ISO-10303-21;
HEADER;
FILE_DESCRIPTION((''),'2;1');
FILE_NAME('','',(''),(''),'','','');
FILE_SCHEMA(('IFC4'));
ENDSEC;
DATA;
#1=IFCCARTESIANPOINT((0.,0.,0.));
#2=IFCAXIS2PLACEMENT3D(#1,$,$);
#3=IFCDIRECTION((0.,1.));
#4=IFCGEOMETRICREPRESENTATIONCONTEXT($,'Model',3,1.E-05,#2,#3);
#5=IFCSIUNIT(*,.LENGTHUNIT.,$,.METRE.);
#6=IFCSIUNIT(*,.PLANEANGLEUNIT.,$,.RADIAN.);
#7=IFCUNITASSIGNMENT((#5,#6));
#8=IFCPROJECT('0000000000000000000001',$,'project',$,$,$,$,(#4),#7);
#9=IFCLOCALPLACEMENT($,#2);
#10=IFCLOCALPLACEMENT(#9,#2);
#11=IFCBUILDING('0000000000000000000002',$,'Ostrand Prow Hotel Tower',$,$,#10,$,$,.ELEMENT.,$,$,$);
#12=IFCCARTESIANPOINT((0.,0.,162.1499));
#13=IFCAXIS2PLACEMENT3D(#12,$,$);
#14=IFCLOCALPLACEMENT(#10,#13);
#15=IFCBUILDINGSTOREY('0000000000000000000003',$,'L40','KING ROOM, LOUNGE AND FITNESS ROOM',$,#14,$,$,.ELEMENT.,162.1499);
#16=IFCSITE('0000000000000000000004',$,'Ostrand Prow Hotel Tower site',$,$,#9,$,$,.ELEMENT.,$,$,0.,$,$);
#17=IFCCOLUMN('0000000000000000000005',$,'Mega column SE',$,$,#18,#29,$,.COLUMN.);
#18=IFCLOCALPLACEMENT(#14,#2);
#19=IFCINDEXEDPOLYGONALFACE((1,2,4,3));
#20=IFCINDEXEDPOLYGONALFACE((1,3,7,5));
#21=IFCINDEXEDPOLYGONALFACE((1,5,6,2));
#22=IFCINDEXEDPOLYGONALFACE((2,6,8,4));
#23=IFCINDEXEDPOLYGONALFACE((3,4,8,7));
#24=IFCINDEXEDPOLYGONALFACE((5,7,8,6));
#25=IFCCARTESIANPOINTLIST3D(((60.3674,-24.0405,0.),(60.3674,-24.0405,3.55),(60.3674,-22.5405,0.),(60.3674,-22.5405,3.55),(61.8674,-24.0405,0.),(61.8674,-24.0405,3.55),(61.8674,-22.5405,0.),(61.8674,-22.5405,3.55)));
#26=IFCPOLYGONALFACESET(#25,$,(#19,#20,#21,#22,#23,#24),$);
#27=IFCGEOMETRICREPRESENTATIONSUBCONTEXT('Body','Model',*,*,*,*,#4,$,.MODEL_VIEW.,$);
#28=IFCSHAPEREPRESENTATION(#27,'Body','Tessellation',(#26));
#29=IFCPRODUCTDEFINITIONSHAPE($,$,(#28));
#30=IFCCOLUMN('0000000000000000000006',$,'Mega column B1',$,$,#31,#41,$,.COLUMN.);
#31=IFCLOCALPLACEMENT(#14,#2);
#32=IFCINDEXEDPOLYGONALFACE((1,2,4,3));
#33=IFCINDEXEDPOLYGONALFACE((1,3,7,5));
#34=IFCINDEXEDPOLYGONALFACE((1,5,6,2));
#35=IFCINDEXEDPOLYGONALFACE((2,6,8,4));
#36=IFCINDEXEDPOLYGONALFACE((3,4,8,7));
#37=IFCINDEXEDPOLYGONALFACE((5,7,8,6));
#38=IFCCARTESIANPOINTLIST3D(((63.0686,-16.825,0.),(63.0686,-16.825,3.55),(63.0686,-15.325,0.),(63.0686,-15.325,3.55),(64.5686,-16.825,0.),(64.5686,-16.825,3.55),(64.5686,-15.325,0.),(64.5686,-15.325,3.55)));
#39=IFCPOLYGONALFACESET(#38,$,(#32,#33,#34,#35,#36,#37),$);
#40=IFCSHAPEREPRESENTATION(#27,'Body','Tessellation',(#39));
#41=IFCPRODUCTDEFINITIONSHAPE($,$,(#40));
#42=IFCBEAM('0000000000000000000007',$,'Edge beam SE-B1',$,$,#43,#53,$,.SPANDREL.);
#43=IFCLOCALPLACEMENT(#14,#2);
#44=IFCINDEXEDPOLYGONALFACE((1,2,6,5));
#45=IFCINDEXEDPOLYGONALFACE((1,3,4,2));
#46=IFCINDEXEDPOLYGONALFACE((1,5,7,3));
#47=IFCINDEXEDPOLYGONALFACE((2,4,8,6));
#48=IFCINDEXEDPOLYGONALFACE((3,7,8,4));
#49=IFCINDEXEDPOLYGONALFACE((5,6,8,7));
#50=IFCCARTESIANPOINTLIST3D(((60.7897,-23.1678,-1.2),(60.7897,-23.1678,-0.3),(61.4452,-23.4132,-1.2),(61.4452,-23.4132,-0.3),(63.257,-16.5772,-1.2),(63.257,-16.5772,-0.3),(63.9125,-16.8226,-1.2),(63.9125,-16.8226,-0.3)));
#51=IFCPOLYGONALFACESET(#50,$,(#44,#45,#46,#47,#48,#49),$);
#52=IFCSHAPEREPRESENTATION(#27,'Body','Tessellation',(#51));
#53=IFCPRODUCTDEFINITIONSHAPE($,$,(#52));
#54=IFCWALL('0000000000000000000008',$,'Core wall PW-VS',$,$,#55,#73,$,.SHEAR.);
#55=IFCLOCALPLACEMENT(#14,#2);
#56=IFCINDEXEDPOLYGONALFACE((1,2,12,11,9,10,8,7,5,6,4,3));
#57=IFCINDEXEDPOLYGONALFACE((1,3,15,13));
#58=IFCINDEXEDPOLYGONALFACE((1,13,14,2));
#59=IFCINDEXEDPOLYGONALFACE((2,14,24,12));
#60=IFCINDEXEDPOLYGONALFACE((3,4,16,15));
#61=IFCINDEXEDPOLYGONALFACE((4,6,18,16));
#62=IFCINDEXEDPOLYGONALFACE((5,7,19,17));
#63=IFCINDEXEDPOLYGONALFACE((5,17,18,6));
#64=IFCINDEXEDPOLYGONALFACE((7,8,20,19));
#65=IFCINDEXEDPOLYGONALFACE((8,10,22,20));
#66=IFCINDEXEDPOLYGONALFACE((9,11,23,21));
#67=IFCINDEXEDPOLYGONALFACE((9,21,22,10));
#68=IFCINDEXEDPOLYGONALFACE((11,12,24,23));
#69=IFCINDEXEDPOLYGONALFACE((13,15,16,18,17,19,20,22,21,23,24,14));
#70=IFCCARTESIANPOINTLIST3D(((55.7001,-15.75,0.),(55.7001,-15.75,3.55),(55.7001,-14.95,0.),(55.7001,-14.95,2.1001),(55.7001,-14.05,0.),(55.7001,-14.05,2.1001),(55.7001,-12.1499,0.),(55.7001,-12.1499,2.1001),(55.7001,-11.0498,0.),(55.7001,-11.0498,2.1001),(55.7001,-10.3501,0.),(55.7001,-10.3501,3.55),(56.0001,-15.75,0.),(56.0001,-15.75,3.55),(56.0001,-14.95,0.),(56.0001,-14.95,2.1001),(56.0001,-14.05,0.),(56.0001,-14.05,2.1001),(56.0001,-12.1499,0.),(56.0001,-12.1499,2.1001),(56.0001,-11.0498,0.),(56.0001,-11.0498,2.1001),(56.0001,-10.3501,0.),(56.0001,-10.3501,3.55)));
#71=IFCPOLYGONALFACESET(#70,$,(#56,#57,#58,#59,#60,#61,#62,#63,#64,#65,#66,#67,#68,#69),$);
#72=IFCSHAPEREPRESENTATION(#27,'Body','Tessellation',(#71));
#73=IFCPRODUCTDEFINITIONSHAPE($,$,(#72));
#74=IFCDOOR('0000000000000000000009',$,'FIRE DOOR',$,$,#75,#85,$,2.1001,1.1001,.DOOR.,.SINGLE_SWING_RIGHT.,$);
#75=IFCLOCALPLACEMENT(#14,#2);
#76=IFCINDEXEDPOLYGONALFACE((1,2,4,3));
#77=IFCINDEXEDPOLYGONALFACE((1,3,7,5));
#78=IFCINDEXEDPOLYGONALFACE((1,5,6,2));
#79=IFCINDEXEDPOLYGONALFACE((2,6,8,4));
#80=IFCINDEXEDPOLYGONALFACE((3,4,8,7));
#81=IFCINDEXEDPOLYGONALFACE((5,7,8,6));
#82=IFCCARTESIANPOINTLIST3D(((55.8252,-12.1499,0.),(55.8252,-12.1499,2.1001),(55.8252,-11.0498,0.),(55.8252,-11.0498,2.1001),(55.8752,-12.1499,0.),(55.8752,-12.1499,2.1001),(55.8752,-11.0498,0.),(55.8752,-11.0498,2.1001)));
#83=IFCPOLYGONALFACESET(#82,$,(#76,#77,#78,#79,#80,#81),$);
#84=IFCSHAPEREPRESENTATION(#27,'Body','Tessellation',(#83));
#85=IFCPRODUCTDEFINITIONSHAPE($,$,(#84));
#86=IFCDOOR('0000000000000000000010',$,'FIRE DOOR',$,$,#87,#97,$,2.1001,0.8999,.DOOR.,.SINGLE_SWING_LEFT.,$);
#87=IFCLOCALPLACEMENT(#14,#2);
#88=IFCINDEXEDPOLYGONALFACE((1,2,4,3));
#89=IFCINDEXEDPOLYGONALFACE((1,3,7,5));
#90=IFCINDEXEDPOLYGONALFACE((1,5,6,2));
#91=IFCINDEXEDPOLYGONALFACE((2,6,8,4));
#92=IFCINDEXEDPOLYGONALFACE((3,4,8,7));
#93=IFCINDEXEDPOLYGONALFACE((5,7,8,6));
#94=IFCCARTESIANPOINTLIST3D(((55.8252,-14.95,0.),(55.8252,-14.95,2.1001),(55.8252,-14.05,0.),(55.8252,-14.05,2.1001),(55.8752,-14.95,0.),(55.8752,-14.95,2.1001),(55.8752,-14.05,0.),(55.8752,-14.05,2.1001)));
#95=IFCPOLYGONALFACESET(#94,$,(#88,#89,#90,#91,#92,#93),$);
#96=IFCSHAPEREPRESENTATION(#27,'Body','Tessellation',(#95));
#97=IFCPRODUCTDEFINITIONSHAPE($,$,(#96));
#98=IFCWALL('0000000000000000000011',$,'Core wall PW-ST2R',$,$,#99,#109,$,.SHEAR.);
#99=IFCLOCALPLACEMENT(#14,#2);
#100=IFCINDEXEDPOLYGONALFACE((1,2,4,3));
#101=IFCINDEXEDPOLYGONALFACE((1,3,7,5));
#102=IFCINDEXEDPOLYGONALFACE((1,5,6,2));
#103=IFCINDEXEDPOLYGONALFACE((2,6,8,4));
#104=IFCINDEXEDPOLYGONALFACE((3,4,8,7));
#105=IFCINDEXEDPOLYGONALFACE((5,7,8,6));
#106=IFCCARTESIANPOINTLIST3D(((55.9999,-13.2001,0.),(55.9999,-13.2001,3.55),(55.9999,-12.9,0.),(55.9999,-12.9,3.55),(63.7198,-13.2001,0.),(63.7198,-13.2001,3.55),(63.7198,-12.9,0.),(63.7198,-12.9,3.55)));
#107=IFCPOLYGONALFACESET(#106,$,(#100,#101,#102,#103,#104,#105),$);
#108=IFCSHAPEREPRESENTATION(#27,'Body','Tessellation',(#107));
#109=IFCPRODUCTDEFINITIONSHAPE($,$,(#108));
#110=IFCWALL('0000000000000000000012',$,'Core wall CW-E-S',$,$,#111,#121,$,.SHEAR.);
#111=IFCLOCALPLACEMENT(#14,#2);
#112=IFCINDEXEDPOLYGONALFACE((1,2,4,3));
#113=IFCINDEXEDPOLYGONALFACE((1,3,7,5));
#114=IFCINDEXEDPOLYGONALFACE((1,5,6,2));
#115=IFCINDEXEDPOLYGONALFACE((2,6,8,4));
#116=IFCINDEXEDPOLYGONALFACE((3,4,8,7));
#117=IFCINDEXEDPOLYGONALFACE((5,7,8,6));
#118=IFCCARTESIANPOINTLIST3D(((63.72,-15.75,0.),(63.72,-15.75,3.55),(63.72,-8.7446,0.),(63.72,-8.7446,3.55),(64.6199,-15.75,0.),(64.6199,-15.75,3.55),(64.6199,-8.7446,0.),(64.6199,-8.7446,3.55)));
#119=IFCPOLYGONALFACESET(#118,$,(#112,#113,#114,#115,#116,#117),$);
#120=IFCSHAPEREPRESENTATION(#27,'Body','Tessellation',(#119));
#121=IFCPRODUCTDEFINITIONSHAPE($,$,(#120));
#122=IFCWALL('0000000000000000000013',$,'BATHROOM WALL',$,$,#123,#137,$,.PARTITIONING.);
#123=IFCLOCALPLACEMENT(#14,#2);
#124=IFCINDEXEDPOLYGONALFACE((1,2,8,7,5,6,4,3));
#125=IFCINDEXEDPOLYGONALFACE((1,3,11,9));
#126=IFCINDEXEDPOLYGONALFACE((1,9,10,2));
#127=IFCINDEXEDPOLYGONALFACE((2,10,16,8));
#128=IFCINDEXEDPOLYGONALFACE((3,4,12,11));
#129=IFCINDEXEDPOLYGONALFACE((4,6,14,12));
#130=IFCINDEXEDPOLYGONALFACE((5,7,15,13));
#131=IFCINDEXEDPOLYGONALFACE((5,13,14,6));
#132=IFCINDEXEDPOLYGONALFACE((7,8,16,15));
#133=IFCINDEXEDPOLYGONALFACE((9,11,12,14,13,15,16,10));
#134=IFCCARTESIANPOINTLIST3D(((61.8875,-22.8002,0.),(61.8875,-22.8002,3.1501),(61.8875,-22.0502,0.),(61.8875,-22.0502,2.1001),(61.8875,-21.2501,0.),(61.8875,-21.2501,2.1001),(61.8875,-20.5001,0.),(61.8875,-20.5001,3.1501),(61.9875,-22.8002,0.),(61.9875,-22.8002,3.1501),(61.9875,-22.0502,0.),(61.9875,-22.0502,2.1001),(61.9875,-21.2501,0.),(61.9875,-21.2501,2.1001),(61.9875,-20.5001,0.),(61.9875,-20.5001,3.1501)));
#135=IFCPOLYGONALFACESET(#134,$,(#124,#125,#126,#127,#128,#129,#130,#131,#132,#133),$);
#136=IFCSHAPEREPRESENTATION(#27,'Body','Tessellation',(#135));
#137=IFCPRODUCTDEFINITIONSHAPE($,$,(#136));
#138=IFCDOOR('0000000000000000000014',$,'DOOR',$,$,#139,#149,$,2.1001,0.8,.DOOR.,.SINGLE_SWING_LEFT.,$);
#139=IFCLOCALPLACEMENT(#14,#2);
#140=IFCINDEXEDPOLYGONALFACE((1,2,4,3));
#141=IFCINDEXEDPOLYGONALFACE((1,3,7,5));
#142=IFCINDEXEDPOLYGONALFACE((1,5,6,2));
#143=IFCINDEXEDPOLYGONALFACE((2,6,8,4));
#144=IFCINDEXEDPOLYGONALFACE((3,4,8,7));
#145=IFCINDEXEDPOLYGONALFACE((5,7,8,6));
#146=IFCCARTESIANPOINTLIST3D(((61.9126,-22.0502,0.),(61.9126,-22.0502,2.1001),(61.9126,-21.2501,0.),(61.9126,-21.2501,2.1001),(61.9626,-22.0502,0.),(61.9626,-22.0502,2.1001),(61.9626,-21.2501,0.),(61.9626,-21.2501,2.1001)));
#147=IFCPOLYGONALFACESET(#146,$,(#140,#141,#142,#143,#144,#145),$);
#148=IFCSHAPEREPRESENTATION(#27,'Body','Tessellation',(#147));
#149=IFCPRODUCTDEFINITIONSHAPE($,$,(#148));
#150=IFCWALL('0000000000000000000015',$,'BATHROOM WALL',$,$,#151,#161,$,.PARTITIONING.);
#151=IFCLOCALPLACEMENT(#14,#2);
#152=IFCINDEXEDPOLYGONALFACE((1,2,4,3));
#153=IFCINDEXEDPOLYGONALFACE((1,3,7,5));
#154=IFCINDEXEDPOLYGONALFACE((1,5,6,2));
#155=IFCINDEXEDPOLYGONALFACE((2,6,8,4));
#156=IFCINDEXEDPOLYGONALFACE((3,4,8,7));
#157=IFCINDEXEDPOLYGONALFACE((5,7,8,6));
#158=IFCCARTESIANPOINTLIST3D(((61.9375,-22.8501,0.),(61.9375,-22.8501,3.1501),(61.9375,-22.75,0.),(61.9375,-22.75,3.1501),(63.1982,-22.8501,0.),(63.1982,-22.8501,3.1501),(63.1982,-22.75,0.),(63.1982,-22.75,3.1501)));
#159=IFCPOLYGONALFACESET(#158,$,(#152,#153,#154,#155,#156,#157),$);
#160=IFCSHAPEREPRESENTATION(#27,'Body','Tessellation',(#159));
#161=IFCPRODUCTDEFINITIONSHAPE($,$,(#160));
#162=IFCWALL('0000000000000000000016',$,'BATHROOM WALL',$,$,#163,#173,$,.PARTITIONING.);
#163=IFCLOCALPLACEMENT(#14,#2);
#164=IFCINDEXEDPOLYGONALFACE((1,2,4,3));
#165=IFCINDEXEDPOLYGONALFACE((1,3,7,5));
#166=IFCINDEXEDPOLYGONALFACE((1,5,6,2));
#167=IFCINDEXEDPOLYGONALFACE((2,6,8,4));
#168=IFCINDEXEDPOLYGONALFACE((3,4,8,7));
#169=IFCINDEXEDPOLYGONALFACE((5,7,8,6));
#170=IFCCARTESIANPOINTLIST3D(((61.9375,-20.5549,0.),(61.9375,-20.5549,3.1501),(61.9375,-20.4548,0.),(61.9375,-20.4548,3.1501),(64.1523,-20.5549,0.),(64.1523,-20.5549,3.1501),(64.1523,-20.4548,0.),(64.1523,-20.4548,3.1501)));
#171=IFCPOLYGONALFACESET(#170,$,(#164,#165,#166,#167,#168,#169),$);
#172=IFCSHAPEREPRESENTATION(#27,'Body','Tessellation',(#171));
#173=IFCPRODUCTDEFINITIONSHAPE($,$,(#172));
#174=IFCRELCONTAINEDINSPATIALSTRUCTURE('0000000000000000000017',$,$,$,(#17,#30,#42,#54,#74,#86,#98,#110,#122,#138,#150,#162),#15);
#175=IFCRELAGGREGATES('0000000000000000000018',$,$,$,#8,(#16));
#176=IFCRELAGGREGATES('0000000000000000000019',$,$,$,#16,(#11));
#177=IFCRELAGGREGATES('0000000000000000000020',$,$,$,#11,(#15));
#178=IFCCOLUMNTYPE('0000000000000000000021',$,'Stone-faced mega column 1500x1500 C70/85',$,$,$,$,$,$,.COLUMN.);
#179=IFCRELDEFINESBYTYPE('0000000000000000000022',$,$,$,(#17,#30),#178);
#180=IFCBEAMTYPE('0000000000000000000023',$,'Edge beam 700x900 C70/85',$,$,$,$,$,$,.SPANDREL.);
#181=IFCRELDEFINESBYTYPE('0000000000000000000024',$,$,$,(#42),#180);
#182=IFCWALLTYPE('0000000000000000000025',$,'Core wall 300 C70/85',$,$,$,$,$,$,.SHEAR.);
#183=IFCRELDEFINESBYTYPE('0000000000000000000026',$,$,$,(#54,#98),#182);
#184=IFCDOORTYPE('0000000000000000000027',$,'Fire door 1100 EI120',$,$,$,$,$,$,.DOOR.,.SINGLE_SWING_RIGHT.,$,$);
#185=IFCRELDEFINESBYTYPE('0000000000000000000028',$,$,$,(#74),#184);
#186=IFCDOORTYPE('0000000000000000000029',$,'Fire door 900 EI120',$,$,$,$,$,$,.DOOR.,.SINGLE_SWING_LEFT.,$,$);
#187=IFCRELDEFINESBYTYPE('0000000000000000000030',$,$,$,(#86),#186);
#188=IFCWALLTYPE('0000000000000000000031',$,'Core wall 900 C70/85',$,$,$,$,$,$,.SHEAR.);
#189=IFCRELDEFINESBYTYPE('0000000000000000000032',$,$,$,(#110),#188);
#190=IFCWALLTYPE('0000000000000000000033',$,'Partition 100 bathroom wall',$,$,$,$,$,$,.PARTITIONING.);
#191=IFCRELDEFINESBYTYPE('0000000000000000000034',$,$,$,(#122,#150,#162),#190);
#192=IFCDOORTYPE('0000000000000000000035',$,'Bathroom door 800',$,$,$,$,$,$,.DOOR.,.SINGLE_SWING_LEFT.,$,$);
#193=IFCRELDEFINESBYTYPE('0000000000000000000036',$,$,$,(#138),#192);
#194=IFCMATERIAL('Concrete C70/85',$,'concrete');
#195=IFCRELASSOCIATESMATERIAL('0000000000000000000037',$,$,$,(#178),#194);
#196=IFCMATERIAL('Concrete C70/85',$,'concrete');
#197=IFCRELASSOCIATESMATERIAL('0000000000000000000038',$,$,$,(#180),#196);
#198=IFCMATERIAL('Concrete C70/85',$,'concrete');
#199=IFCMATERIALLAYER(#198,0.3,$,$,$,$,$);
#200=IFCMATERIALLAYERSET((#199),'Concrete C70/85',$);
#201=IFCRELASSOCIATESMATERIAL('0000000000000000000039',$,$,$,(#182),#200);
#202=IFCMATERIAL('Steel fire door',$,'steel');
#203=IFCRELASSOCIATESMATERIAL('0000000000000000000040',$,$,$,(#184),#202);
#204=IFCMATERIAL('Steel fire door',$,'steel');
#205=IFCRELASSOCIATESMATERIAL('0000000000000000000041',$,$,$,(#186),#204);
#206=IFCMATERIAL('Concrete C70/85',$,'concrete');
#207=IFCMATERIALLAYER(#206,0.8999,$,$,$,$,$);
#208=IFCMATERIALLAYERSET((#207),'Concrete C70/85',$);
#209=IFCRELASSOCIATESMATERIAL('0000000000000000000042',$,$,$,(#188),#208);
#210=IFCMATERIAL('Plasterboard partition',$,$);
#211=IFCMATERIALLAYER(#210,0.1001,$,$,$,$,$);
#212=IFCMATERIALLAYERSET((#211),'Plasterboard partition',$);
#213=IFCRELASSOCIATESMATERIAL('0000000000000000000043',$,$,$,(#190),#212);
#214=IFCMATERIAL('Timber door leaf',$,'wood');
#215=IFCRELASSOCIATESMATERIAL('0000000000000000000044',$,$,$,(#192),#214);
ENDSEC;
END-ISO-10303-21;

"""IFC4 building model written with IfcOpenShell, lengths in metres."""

from ifc_helpers import new_model, si_unit, direction, frame, frame_2d, origin, origin_2d, place, context, subcontext, project, spatial, rectangle, extrude, material, layer, layer_set, material_profile, profile_set, type_object, element, fill, save


model = new_model("IFC4")

# Units and contexts
model_context = context("Model", 3, precision=1e-05, world=origin(), true_north=direction((0.0, 1.0)))
body_context = subcontext(model_context, "Body", "Model", "MODEL_VIEW")
ifc_project = project(units=[si_unit("LENGTHUNIT", "METRE"), si_unit("PLANEANGLEUNIT", "RADIAN")], contexts=[model_context])

# Site, building, storey
site_placement = place(None, origin())
site = spatial("IfcSite", under=ifc_project, at=site_placement, Name="Ostrand Prow Hotel Tower site", CompositionType="ELEMENT", RefElevation=0.0)
building_placement = place(site_placement, origin())
building = spatial("IfcBuilding", under=site, at=building_placement, Name="Ostrand Prow Hotel Tower", CompositionType="ELEMENT")
storey_placement = place(building_placement, frame((0.0, 0.0, 162.1499)))
storey = spatial("IfcBuildingStorey", under=building, at=storey_placement, Name="L40", Description="KING ROOM, LOUNGE AND FITNESS ROOM", CompositionType="ELEMENT", Elevation=162.1499)

# Columns
ifc_material_1 = material(Name="Concrete C70/85", Category="concrete")
ifc_material_profile_1 = material_profile(ifc_material_1, rectangle(XDim=1.5, YDim=1.5, at=origin_2d()), Name="RC 1500x1500")
ifc_profile_set_1 = profile_set([ifc_material_profile_1], Name="Concrete C70/85")
column_type = type_object("IfcColumnType", Name="Stone-faced mega column 1500x1500 C70/85", PredefinedType="COLUMN", material=ifc_profile_set_1)
for number, where, z_axis, x_axis, name in (
    (1, (61.1174, -23.2905, 0.0), (0.0, 0.0, 1.0), (1.0, 0.0, 0.0), "Mega column SE"),
    (2, (63.8186, -16.075, 0.0), (0.0, 0.0, 1.0), (1.0, 0.0, 0.0), "Mega column B1"),
):
    element("IfcColumn", number, at=place(storey_placement, frame(where, z_axis=z_axis, x_axis=x_axis)), inside=storey, type_object=column_type, Name=name, PredefinedType="COLUMN", context=body_context, shape_type="SweptSolid", body=[
        extrude(rectangle(XDim=1.5, YDim=1.5, at=origin_2d()), origin(), (0.0, 0.0, 1.0), 3.55),
    ])

# Beam
ifc_material_2 = material(Name="Concrete C70/85", Category="concrete")
ifc_material_profile_2 = material_profile(ifc_material_2, rectangle(XDim=0.7, YDim=0.8999, at=origin_2d()), Name="RC 700x900")
ifc_profile_set_2 = profile_set([ifc_material_profile_2], Name="Concrete C70/85")
beam_type = type_object("IfcBeamType", Name="Edge beam 700x900 C70/85", PredefinedType="SPANDREL", material=ifc_profile_set_2)
beam_placement = place(storey_placement, frame((61.1174, -23.2905, -0.75), z_axis=(0.350603, 0.936524, 0.0), x_axis=(-0.936524, 0.350603, 0.0)))
element("IfcBeam", 3, at=beam_placement, inside=storey, type_object=beam_type, Name="Edge beam SE-B1", PredefinedType="SPANDREL", context=body_context, shape_type="SweptSolid", body=[
    extrude(rectangle(XDim=0.7, YDim=0.8999, at=origin_2d()), origin(), (0.0, 0.0, 1.0), 7.0374),
])

# Wall, openings, doors
ifc_material_3 = material(Name="Concrete C70/85", Category="concrete")
ifc_layer_1 = layer(ifc_material_3, 0.3)
ifc_layer_set_1 = layer_set([ifc_layer_1], Name="Concrete C70/85")
wall_type_1 = type_object("IfcWallType", Name="Core wall 300 C70/85", PredefinedType="SHEAR", material=ifc_layer_set_1)
wall_1_placement = place(storey_placement, frame((55.8501, -15.75, 0.0), z_axis=(0.0, 0.0, 1.0), x_axis=(0.0, 1.0, 0.0)))
wall_1 = element("IfcWall", 4, at=wall_1_placement, inside=storey, type_object=wall_type_1, Name="Core wall PW-VS", PredefinedType="SHEAR", context=body_context, shape_type="SweptSolid", body=[
    extrude(rectangle(XDim=5.3999, YDim=0.3, at=frame_2d((2.7, 0.0))), origin(), (0.0, 0.0, 1.0), 3.55),
])
opening_1_placement = place(wall_1_placement, frame((3.6001, 0.0, 0.0)))
opening_1 = element("IfcOpeningElement", 5, at=opening_1_placement, cuts=wall_1, PredefinedType="OPENING", context=body_context, shape_type="SweptSolid", body=[
    extrude(rectangle(XDim=1.1001, YDim=2.1001, at=frame_2d((0.55, 1.05))), frame((0.0, 0.1599, 0.0), z_axis=(0.0, -1.0, 0.0), x_axis=(1.0, 0.0, 0.0)), (0.0, 0.0, 1.0), 0.3201),
])
opening_2_placement = place(wall_1_placement, frame((0.8, 0.0, 0.0)))
opening_2 = element("IfcOpeningElement", 6, at=opening_2_placement, cuts=wall_1, PredefinedType="OPENING", context=body_context, shape_type="SweptSolid", body=[
    extrude(rectangle(XDim=0.8999, YDim=2.1001, at=frame_2d((0.45, 1.05))), frame((0.0, 0.1599, 0.0), z_axis=(0.0, -1.0, 0.0), x_axis=(1.0, 0.0, 0.0)), (0.0, 0.0, 1.0), 0.3201),
])
ifc_material_4 = material(Name="Steel fire door", Category="steel")
door_type_1 = type_object("IfcDoorType", Name="Fire door 1100 EI120", OperationType="SINGLE_SWING_RIGHT", PredefinedType="DOOR", material=ifc_material_4)
door_1_placement = place(opening_1_placement, origin())
door_1 = element("IfcDoor", 7, at=door_1_placement, inside=storey, type_object=door_type_1, Name="FIRE DOOR", OperationType="SINGLE_SWING_RIGHT", OverallHeight=2.1001, OverallWidth=1.1001, PredefinedType="DOOR", context=body_context, shape_type="SweptSolid", body=[
    extrude(rectangle(XDim=1.1001, YDim=2.1001, at=frame_2d((0.55, 1.05))), frame((0.0, 0.0249, 0.0), z_axis=(0.0, -1.0, 0.0), x_axis=(1.0, 0.0, 0.0)), (0.0, 0.0, 1.0), 0.05),
])
fill(opening_1, door_1)
ifc_material_5 = material(Name="Steel fire door", Category="steel")
door_type_2 = type_object("IfcDoorType", Name="Fire door 900 EI120", OperationType="SINGLE_SWING_LEFT", PredefinedType="DOOR", material=ifc_material_5)
door_2_placement = place(opening_2_placement, origin())
door_2 = element("IfcDoor", 8, at=door_2_placement, inside=storey, type_object=door_type_2, Name="FIRE DOOR", OperationType="SINGLE_SWING_LEFT", OverallHeight=2.1001, OverallWidth=0.8999, PredefinedType="DOOR", context=body_context, shape_type="SweptSolid", body=[
    extrude(rectangle(XDim=0.8999, YDim=2.1001, at=frame_2d((0.45, 1.05))), frame((0.0, 0.0249, 0.0), z_axis=(0.0, -1.0, 0.0), x_axis=(1.0, 0.0, 0.0)), (0.0, 0.0, 1.0), 0.05),
])
fill(opening_2, door_2)

# Walls
wall_2_placement = place(storey_placement, frame((56.0, -13.05, 0.0), z_axis=(0.0, 0.0, 1.0), x_axis=(1.0, 0.0, 0.0)))
element("IfcWall", 9, at=wall_2_placement, inside=storey, type_object=wall_type_1, Name="Core wall PW-ST2R", PredefinedType="SHEAR", context=body_context, shape_type="SweptSolid", body=[
    extrude(rectangle(XDim=7.72, YDim=0.3, at=frame_2d((3.8599, 0.0))), origin(), (0.0, 0.0, 1.0), 3.55),
])
ifc_material_6 = material(Name="Concrete C70/85", Category="concrete")
ifc_layer_2 = layer(ifc_material_6, 0.8999)
ifc_layer_set_2 = layer_set([ifc_layer_2], Name="Concrete C70/85")
wall_type_2 = type_object("IfcWallType", Name="Core wall 900 C70/85", PredefinedType="SHEAR", material=ifc_layer_set_2)
wall_3_placement = place(storey_placement, frame((64.1699, -15.75, 0.0), z_axis=(0.0, 0.0, 1.0), x_axis=(0.0, 1.0, 0.0)))
element("IfcWall", 10, at=wall_3_placement, inside=storey, type_object=wall_type_2, Name="Core wall CW-E-S", PredefinedType="SHEAR", context=body_context, shape_type="SweptSolid", body=[
    extrude(rectangle(XDim=7.0054, YDim=0.8999, at=frame_2d((3.5027, 0.0))), origin(), (0.0, 0.0, 1.0), 3.55),
])

# Wall, opening, door
ifc_material_7 = material(Name="Plasterboard partition")
ifc_layer_3 = layer(ifc_material_7, 0.1001)
ifc_layer_set_3 = layer_set([ifc_layer_3], Name="Plasterboard partition")
wall_type_3 = type_object("IfcWallType", Name="Partition 100 bathroom wall", PredefinedType="PARTITIONING", material=ifc_layer_set_3)
wall_4_placement = place(storey_placement, frame((61.9375, -22.8, 0.0), z_axis=(0.0, 0.0, 1.0), x_axis=(0.0, 1.0, 0.0)))
wall_4 = element("IfcWall", 11, at=wall_4_placement, inside=storey, type_object=wall_type_3, Name="BATHROOM WALL", PredefinedType="PARTITIONING", context=body_context, shape_type="SweptSolid", body=[
    extrude(rectangle(XDim=2.3, YDim=0.1001, at=frame_2d((1.1499, 0.0))), origin(), (0.0, 0.0, 1.0), 3.1501),
])
opening_3_placement = place(wall_4_placement, frame((0.75, 0.0, 0.0)))
opening_3 = element("IfcOpeningElement", 12, at=opening_3_placement, cuts=wall_4, PredefinedType="OPENING", context=body_context, shape_type="SweptSolid", body=[
    extrude(rectangle(XDim=0.8, YDim=2.1001, at=frame_2d((0.3999, 1.05))), frame((0.0, 0.0601, 0.0), z_axis=(0.0, -1.0, 0.0), x_axis=(1.0, 0.0, 0.0)), (0.0, 0.0, 1.0), 0.1201),
])
ifc_material_8 = material(Name="Timber door leaf", Category="wood")
door_type_3 = type_object("IfcDoorType", Name="Bathroom door 800", OperationType="SINGLE_SWING_LEFT", PredefinedType="DOOR", material=ifc_material_8)
door_3_placement = place(opening_3_placement, origin())
door_3 = element("IfcDoor", 13, at=door_3_placement, inside=storey, type_object=door_type_3, Name="DOOR", OperationType="SINGLE_SWING_LEFT", OverallHeight=2.1001, OverallWidth=0.8, PredefinedType="DOOR", context=body_context, shape_type="SweptSolid", body=[
    extrude(rectangle(XDim=0.8, YDim=2.1001, at=frame_2d((0.3999, 1.05))), frame((0.0, 0.0249, 0.0), z_axis=(0.0, -1.0, 0.0), x_axis=(1.0, 0.0, 0.0)), (0.0, 0.0, 1.0), 0.05),
])
fill(opening_3, door_3)

# Walls
wall_5_placement = place(storey_placement, frame((63.1982, -22.8, 0.0), z_axis=(0.0, 0.0, 1.0), x_axis=(-1.0, 0.0, 0.0)))
element("IfcWall", 14, at=wall_5_placement, inside=storey, type_object=wall_type_3, Name="BATHROOM WALL", PredefinedType="PARTITIONING", context=body_context, shape_type="SweptSolid", body=[
    extrude(rectangle(XDim=1.2607, YDim=0.1001, at=frame_2d((0.6304, 0.0))), origin(), (0.0, 0.0, 1.0), 3.1501),
])
wall_6_placement = place(storey_placement, frame((61.9375, -20.5049, 0.0), z_axis=(0.0, 0.0, 1.0), x_axis=(1.0, 0.0, 0.0)))
element("IfcWall", 15, at=wall_6_placement, inside=storey, type_object=wall_type_3, Name="BATHROOM WALL", PredefinedType="PARTITIONING", context=body_context, shape_type="SweptSolid", body=[
    extrude(rectangle(XDim=2.2148, YDim=0.1001, at=frame_2d((1.1074, 0.0))), origin(), (0.0, 0.0, 1.0), 3.1501),
])

save(model, "model.ifc")
